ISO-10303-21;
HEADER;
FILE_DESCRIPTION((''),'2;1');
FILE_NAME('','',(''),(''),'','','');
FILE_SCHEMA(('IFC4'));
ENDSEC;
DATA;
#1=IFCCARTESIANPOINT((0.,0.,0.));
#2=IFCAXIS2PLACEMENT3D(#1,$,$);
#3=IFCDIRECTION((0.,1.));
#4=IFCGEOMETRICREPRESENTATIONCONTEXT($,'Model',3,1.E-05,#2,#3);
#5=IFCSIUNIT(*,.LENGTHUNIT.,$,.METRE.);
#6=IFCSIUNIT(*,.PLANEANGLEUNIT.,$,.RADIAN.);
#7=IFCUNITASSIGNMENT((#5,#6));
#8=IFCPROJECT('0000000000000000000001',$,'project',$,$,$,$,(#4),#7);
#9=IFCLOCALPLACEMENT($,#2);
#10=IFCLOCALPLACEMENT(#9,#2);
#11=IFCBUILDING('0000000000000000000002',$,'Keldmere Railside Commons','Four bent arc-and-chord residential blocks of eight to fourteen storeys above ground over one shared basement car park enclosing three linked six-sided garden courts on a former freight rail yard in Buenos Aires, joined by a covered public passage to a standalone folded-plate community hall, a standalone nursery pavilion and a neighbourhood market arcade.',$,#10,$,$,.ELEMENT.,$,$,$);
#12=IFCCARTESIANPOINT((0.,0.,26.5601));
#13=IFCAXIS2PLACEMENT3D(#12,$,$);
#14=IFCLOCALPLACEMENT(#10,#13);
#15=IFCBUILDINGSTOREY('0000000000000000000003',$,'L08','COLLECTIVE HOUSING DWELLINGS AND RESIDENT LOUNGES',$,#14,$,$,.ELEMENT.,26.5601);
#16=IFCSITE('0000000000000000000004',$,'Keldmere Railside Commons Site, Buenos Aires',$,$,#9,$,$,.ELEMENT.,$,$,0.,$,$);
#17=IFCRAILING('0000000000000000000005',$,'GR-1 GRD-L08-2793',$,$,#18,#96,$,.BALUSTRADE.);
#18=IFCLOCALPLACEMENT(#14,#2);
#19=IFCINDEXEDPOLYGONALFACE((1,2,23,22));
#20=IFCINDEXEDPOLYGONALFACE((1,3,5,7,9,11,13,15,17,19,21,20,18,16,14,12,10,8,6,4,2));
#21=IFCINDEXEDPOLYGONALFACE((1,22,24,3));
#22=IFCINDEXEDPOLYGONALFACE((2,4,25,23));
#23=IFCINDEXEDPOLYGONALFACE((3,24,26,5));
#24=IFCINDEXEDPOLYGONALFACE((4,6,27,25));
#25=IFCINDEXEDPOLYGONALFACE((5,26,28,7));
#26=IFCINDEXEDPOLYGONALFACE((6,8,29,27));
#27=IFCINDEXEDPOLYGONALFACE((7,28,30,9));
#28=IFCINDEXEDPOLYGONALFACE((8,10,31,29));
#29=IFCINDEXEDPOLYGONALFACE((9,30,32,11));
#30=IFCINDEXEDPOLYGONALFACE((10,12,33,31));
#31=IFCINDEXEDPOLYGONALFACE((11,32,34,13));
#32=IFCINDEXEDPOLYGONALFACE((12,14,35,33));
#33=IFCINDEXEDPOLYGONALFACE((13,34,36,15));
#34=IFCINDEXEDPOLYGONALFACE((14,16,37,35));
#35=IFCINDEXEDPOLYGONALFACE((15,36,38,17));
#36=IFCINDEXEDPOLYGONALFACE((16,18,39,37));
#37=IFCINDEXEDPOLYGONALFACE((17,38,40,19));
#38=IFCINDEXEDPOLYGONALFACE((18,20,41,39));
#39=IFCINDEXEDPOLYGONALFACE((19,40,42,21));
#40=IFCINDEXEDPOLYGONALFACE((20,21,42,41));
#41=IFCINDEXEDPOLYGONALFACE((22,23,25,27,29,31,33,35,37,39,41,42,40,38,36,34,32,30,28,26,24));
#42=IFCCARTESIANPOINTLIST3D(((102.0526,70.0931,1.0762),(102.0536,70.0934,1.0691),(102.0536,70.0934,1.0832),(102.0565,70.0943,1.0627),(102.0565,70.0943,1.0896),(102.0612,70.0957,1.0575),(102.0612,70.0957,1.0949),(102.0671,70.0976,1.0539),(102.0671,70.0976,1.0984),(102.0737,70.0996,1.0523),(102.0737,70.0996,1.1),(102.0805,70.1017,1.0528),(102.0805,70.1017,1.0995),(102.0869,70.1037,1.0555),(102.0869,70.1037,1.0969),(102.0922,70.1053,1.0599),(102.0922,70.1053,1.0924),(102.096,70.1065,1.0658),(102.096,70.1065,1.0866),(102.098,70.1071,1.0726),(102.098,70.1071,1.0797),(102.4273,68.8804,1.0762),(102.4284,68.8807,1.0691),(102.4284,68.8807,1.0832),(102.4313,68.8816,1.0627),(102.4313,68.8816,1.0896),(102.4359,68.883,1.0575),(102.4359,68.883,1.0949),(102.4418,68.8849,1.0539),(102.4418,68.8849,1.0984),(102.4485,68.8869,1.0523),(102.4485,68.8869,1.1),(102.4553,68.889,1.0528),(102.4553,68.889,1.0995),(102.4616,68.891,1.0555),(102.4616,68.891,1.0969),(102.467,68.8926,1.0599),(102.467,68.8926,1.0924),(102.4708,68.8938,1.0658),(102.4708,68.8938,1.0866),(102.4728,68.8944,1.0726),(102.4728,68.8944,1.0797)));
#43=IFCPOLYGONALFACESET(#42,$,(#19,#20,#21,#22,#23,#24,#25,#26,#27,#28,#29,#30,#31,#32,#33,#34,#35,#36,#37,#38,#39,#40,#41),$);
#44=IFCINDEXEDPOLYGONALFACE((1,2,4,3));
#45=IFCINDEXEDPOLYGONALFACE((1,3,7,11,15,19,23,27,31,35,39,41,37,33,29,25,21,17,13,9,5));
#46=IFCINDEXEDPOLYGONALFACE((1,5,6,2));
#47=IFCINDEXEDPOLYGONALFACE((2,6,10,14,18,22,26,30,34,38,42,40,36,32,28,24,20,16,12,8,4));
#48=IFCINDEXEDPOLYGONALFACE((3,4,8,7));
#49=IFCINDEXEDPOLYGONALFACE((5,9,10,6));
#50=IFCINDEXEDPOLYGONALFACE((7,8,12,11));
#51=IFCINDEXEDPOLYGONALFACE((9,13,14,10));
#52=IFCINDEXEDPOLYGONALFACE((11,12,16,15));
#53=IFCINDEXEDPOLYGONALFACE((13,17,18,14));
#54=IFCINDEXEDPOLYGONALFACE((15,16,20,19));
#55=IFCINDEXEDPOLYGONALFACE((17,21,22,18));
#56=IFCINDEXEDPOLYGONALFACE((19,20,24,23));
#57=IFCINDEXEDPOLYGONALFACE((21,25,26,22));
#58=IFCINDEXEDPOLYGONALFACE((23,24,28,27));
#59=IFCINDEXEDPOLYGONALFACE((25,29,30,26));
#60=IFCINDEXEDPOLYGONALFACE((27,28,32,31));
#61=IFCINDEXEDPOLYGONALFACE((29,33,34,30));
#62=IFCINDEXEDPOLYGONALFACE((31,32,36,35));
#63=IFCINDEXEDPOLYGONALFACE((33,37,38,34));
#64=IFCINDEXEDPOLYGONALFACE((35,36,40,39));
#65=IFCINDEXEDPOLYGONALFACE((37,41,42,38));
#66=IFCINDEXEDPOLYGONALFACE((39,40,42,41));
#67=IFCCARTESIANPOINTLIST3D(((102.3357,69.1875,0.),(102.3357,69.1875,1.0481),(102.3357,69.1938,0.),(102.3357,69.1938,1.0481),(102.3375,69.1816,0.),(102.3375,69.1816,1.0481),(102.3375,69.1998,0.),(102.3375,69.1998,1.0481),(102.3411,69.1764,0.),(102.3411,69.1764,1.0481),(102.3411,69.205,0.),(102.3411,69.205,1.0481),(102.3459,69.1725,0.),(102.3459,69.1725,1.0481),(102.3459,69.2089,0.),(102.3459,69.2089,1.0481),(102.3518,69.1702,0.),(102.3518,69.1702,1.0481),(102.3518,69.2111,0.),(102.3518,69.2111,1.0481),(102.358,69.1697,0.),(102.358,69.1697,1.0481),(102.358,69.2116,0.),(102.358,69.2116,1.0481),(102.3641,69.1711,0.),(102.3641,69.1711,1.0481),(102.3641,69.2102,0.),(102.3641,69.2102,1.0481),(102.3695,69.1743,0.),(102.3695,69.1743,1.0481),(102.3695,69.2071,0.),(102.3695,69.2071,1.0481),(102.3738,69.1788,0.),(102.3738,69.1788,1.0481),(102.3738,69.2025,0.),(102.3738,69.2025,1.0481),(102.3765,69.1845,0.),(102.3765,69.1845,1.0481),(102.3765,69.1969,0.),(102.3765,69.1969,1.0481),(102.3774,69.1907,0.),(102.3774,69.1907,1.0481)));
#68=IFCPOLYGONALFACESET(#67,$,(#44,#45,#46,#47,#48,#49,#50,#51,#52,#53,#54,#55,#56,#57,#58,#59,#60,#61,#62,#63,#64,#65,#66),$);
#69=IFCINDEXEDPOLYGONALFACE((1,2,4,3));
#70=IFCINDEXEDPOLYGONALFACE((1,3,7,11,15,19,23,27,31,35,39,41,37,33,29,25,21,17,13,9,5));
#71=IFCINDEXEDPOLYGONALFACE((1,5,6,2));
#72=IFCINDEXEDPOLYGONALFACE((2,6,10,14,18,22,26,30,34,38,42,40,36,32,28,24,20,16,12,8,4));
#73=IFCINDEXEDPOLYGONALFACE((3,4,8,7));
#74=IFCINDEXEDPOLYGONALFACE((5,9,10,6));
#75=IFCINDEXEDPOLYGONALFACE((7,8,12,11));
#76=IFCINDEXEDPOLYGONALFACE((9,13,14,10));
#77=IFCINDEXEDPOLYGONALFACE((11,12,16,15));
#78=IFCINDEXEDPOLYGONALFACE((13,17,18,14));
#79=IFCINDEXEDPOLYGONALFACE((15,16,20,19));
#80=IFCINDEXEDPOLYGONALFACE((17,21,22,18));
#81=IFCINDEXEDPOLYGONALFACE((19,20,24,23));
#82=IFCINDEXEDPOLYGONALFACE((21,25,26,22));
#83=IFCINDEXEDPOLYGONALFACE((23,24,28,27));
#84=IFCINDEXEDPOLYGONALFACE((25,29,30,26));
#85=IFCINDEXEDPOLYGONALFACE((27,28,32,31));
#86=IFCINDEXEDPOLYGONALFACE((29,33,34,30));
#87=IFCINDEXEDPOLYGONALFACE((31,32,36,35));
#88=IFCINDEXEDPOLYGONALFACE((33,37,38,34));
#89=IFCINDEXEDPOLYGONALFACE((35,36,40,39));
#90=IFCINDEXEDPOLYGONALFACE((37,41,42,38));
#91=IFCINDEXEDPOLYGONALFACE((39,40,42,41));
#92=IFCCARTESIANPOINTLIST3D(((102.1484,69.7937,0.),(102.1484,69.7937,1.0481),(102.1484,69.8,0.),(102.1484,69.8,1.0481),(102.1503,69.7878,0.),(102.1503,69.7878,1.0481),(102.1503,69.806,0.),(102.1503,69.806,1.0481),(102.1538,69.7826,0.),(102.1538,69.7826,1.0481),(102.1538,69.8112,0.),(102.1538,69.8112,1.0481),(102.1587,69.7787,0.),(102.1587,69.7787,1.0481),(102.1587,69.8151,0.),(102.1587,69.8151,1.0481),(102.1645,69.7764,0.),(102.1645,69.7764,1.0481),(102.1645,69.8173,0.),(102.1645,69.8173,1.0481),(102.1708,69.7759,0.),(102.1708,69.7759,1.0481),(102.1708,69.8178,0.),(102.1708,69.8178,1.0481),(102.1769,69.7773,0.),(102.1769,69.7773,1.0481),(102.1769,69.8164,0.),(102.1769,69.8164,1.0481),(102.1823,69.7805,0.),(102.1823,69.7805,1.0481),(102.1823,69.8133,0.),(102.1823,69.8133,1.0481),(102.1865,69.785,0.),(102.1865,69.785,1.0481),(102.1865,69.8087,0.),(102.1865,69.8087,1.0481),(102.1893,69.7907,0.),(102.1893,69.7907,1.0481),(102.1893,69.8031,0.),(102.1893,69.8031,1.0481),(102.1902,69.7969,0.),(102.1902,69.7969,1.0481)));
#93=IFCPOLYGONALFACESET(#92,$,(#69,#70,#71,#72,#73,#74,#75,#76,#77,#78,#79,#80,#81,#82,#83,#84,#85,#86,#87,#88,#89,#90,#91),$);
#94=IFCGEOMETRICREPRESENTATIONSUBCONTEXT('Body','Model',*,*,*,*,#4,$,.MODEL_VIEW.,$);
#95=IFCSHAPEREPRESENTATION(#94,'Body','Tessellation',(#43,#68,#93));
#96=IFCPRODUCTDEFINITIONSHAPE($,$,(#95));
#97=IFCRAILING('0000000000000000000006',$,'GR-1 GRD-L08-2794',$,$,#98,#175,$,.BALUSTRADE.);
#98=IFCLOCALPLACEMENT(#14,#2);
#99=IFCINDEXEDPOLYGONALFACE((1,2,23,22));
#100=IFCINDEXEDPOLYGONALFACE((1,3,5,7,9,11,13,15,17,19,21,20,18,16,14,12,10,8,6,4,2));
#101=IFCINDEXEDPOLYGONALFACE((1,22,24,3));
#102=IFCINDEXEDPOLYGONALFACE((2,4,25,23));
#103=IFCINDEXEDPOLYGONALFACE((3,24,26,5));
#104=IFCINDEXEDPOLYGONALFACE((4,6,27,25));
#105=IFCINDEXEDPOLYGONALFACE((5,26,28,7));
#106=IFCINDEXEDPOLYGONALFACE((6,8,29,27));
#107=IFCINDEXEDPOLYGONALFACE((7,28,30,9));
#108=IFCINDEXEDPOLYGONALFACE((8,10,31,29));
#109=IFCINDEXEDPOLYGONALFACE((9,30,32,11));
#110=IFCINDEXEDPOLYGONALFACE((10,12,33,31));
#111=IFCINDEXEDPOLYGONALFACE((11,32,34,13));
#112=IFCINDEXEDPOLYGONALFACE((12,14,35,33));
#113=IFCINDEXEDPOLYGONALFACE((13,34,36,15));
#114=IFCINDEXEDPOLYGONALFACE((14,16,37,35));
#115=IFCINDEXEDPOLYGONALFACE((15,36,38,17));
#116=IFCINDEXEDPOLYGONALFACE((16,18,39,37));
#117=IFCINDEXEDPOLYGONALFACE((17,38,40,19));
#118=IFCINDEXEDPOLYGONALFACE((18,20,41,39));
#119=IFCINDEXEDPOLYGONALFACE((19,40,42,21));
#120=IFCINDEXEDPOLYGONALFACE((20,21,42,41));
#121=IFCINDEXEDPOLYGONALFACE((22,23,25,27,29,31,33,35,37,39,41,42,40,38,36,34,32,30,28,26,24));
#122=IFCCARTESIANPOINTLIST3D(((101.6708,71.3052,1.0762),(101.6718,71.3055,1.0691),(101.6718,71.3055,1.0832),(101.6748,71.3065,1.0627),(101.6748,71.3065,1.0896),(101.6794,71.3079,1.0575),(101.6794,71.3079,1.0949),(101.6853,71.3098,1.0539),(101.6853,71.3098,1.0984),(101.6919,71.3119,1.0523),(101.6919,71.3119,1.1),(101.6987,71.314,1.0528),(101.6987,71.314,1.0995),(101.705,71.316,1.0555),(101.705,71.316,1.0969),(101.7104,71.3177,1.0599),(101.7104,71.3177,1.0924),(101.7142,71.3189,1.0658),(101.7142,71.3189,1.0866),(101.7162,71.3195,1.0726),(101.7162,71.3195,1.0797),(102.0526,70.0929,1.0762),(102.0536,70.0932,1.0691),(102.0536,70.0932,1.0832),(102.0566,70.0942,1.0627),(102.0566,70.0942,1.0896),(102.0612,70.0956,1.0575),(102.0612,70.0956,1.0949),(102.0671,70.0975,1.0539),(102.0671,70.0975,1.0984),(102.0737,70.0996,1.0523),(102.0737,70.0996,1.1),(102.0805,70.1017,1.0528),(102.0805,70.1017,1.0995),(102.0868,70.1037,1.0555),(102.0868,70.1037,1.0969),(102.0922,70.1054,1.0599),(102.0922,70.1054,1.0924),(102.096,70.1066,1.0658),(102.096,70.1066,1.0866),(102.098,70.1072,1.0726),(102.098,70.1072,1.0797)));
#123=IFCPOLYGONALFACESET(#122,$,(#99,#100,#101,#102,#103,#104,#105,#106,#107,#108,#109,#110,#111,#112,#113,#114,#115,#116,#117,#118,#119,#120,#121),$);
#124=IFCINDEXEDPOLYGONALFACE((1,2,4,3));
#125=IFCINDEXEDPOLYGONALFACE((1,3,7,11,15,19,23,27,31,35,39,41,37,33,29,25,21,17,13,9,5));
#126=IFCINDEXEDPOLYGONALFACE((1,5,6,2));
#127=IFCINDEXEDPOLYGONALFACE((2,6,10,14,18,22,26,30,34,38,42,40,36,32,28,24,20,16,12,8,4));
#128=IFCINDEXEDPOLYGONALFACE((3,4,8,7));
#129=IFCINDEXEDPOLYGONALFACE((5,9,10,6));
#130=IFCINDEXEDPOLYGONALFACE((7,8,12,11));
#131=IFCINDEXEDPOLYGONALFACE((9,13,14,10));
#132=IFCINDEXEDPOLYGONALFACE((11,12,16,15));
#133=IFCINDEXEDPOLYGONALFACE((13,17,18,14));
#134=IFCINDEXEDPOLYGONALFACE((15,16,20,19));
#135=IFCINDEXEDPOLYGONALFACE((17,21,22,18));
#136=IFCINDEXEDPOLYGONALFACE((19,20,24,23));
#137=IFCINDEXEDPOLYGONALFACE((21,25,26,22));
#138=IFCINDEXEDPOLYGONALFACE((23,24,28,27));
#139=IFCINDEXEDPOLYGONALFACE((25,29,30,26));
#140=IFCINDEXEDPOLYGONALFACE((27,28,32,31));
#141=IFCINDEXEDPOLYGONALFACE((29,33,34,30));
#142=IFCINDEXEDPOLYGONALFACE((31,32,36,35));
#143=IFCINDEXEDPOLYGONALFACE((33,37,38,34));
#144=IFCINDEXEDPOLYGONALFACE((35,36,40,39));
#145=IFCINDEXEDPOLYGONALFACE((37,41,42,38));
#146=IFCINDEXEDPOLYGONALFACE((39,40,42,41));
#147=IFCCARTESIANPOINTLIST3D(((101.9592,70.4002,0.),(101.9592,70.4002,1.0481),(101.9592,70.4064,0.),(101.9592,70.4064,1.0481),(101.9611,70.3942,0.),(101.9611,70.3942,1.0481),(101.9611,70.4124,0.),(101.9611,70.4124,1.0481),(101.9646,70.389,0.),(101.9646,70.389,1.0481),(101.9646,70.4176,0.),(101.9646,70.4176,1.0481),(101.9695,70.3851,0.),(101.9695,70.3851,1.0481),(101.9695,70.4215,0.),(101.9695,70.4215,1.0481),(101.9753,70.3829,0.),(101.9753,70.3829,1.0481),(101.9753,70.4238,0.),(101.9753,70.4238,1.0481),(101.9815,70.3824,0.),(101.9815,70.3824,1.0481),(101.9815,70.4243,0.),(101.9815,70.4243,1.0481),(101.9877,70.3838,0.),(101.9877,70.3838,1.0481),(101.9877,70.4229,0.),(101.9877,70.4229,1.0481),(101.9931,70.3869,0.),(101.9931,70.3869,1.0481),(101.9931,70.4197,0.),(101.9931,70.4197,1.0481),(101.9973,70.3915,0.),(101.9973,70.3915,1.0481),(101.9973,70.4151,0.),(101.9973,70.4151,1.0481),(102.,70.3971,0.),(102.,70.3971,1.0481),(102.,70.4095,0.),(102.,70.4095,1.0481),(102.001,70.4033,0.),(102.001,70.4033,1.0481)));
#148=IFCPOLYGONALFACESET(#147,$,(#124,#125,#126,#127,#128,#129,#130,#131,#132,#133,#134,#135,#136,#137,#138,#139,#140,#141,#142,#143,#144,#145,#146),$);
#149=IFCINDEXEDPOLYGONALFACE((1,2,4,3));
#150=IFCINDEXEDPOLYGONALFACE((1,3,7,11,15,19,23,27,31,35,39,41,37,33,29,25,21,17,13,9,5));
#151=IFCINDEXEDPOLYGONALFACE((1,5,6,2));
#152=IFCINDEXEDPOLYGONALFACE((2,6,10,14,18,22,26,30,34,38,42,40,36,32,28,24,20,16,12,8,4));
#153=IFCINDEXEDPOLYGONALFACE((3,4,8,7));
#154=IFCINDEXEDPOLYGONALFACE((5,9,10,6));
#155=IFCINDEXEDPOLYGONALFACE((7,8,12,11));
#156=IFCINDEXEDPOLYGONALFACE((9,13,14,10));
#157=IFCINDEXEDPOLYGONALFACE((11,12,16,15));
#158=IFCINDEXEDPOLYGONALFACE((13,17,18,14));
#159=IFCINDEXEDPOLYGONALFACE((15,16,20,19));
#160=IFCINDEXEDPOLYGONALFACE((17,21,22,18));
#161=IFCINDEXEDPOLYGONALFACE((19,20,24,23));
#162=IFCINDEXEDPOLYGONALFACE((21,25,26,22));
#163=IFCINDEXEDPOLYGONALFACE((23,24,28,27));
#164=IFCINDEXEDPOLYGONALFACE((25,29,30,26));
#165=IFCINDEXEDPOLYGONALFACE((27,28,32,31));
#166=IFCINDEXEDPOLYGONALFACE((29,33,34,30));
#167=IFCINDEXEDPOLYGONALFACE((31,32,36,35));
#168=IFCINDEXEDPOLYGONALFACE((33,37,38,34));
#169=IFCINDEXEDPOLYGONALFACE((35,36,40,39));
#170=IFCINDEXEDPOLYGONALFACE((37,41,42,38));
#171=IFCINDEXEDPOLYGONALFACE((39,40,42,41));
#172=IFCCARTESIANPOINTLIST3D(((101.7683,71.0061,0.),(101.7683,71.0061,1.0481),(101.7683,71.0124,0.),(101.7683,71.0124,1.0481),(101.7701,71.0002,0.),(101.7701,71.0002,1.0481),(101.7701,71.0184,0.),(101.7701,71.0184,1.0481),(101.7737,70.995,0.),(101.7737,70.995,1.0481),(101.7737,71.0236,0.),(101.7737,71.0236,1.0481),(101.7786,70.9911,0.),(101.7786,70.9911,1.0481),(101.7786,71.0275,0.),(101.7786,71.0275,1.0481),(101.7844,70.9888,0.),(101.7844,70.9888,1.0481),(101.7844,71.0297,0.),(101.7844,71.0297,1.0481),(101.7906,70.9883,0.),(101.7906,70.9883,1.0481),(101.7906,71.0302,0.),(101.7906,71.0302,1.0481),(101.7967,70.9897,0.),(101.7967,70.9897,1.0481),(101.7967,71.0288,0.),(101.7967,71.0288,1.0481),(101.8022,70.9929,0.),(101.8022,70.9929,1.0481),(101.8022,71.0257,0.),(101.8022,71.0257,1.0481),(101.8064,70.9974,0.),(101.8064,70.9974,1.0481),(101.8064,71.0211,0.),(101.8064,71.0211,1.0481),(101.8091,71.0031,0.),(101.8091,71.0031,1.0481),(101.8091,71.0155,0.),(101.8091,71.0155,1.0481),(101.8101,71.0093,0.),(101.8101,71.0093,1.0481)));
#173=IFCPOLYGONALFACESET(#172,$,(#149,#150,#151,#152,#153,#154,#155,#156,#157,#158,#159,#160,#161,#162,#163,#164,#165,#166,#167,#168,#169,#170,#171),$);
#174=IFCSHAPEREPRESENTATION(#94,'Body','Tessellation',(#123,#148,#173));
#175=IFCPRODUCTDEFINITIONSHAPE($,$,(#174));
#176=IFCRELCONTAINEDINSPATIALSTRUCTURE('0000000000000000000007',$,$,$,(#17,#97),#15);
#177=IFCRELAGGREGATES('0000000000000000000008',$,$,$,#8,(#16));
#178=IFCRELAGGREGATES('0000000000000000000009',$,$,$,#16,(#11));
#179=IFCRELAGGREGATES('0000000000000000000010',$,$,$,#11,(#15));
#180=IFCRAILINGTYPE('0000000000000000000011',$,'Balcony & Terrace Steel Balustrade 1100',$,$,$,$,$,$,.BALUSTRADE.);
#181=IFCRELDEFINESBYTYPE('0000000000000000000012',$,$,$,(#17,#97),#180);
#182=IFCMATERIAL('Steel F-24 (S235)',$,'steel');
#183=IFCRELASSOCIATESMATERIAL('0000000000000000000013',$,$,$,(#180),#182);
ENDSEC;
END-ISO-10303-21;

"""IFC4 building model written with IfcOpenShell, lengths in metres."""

from ifc_helpers import new_model, si_unit, direction, frame, origin, origin_2d, place, context, subcontext, project, spatial, circle, extrude, material, type_object, element, save


model = new_model("IFC4")

# Units and contexts
model_context = context("Model", 3, precision=1e-05, world=origin(), true_north=direction((0.0, 1.0)))
body_context = subcontext(model_context, "Body", "Model", "MODEL_VIEW")
ifc_project = project(units=[si_unit("LENGTHUNIT", "METRE"), si_unit("PLANEANGLEUNIT", "RADIAN")], contexts=[model_context])

# Site, building, storey
site_placement = place(None, origin())
site = spatial("IfcSite", under=ifc_project, at=site_placement, Name="Keldmere Railside Commons Site, Buenos Aires", CompositionType="ELEMENT", RefElevation=0.0)
building_placement = place(site_placement, origin())
building = spatial("IfcBuilding", under=site, at=building_placement, Name="Keldmere Railside Commons", Description="Four bent arc-and-chord residential blocks of eight to fourteen storeys above ground over one shared basement car park enclosing three linked six-sided garden courts on a former freight rail yard in Buenos Aires, joined by a covered public passage to a standalone folded-plate community hall, a standalone nursery pavilion and a neighbourhood market arcade.", CompositionType="ELEMENT")
storey_placement = place(building_placement, frame((0.0, 0.0, 26.5601)))
storey = spatial("IfcBuildingStorey", under=building, at=storey_placement, Name="L08", Description="COLLECTIVE HOUSING DWELLINGS AND RESIDENT LOUNGES", CompositionType="ELEMENT", Elevation=26.5601)

# Railings
ifc_material_1 = material(Name="Steel F-24 (S235)", Category="steel")
railing_type_1 = type_object("IfcRailingType", Name="Balcony & Terrace Steel Balustrade 1100", PredefinedType="BALUSTRADE", material=ifc_material_1)
railing_1_placement = place(storey_placement, frame((102.4502, 68.8875, 0.0)))
element("IfcRailing", 1, at=railing_1_placement, inside=storey, type_object=railing_type_1, Name="GR-1 GRD-L08-2793", PredefinedType="BALUSTRADE", context=body_context, shape_type="SweptSolid", body=[
    extrude(circle(Radius=0.0239, at=origin_2d()), frame((0.0, 0.0, 1.0762), z_axis=(-0.295262, 0.955416, 0.0), x_axis=(-0.955416, -0.295262, 0.0)), (0.0, 0.0, 1.0), 1.2693),
    extrude(circle(Radius=0.021, at=origin_2d()), frame((-0.0938, 0.3032, 0.0)), (0.0, 0.0, 1.0), 1.0481),
    extrude(circle(Radius=0.021, at=origin_2d()), frame((-0.281, 0.9094, 0.0)), (0.0, 0.0, 1.0), 1.0481),
])
railing_2_placement = place(storey_placement, frame((102.0754, 70.1001, 0.0)))
element("IfcRailing", 2, at=railing_2_placement, inside=storey, type_object=railing_type_1, Name="GR-1 GRD-L08-2794", PredefinedType="BALUSTRADE", context=body_context, shape_type="SweptSolid", body=[
    extrude(circle(Radius=0.0239, at=origin_2d()), frame((0.0, 0.0, 1.0762), z_axis=(-0.300396, 0.953815, 0.0), x_axis=(-0.953815, -0.300396, 0.0)), (0.0, 0.0, 1.0), 1.271),
    extrude(circle(Radius=0.021, at=origin_2d()), frame((-0.0955, 0.3032, 0.0)), (0.0, 0.0, 1.0), 1.0481),
    extrude(circle(Radius=0.021, at=origin_2d()), frame((-0.2864, 0.9092, 0.0)), (0.0, 0.0, 1.0), 1.0481),
])

save(model, "model.ifc")
